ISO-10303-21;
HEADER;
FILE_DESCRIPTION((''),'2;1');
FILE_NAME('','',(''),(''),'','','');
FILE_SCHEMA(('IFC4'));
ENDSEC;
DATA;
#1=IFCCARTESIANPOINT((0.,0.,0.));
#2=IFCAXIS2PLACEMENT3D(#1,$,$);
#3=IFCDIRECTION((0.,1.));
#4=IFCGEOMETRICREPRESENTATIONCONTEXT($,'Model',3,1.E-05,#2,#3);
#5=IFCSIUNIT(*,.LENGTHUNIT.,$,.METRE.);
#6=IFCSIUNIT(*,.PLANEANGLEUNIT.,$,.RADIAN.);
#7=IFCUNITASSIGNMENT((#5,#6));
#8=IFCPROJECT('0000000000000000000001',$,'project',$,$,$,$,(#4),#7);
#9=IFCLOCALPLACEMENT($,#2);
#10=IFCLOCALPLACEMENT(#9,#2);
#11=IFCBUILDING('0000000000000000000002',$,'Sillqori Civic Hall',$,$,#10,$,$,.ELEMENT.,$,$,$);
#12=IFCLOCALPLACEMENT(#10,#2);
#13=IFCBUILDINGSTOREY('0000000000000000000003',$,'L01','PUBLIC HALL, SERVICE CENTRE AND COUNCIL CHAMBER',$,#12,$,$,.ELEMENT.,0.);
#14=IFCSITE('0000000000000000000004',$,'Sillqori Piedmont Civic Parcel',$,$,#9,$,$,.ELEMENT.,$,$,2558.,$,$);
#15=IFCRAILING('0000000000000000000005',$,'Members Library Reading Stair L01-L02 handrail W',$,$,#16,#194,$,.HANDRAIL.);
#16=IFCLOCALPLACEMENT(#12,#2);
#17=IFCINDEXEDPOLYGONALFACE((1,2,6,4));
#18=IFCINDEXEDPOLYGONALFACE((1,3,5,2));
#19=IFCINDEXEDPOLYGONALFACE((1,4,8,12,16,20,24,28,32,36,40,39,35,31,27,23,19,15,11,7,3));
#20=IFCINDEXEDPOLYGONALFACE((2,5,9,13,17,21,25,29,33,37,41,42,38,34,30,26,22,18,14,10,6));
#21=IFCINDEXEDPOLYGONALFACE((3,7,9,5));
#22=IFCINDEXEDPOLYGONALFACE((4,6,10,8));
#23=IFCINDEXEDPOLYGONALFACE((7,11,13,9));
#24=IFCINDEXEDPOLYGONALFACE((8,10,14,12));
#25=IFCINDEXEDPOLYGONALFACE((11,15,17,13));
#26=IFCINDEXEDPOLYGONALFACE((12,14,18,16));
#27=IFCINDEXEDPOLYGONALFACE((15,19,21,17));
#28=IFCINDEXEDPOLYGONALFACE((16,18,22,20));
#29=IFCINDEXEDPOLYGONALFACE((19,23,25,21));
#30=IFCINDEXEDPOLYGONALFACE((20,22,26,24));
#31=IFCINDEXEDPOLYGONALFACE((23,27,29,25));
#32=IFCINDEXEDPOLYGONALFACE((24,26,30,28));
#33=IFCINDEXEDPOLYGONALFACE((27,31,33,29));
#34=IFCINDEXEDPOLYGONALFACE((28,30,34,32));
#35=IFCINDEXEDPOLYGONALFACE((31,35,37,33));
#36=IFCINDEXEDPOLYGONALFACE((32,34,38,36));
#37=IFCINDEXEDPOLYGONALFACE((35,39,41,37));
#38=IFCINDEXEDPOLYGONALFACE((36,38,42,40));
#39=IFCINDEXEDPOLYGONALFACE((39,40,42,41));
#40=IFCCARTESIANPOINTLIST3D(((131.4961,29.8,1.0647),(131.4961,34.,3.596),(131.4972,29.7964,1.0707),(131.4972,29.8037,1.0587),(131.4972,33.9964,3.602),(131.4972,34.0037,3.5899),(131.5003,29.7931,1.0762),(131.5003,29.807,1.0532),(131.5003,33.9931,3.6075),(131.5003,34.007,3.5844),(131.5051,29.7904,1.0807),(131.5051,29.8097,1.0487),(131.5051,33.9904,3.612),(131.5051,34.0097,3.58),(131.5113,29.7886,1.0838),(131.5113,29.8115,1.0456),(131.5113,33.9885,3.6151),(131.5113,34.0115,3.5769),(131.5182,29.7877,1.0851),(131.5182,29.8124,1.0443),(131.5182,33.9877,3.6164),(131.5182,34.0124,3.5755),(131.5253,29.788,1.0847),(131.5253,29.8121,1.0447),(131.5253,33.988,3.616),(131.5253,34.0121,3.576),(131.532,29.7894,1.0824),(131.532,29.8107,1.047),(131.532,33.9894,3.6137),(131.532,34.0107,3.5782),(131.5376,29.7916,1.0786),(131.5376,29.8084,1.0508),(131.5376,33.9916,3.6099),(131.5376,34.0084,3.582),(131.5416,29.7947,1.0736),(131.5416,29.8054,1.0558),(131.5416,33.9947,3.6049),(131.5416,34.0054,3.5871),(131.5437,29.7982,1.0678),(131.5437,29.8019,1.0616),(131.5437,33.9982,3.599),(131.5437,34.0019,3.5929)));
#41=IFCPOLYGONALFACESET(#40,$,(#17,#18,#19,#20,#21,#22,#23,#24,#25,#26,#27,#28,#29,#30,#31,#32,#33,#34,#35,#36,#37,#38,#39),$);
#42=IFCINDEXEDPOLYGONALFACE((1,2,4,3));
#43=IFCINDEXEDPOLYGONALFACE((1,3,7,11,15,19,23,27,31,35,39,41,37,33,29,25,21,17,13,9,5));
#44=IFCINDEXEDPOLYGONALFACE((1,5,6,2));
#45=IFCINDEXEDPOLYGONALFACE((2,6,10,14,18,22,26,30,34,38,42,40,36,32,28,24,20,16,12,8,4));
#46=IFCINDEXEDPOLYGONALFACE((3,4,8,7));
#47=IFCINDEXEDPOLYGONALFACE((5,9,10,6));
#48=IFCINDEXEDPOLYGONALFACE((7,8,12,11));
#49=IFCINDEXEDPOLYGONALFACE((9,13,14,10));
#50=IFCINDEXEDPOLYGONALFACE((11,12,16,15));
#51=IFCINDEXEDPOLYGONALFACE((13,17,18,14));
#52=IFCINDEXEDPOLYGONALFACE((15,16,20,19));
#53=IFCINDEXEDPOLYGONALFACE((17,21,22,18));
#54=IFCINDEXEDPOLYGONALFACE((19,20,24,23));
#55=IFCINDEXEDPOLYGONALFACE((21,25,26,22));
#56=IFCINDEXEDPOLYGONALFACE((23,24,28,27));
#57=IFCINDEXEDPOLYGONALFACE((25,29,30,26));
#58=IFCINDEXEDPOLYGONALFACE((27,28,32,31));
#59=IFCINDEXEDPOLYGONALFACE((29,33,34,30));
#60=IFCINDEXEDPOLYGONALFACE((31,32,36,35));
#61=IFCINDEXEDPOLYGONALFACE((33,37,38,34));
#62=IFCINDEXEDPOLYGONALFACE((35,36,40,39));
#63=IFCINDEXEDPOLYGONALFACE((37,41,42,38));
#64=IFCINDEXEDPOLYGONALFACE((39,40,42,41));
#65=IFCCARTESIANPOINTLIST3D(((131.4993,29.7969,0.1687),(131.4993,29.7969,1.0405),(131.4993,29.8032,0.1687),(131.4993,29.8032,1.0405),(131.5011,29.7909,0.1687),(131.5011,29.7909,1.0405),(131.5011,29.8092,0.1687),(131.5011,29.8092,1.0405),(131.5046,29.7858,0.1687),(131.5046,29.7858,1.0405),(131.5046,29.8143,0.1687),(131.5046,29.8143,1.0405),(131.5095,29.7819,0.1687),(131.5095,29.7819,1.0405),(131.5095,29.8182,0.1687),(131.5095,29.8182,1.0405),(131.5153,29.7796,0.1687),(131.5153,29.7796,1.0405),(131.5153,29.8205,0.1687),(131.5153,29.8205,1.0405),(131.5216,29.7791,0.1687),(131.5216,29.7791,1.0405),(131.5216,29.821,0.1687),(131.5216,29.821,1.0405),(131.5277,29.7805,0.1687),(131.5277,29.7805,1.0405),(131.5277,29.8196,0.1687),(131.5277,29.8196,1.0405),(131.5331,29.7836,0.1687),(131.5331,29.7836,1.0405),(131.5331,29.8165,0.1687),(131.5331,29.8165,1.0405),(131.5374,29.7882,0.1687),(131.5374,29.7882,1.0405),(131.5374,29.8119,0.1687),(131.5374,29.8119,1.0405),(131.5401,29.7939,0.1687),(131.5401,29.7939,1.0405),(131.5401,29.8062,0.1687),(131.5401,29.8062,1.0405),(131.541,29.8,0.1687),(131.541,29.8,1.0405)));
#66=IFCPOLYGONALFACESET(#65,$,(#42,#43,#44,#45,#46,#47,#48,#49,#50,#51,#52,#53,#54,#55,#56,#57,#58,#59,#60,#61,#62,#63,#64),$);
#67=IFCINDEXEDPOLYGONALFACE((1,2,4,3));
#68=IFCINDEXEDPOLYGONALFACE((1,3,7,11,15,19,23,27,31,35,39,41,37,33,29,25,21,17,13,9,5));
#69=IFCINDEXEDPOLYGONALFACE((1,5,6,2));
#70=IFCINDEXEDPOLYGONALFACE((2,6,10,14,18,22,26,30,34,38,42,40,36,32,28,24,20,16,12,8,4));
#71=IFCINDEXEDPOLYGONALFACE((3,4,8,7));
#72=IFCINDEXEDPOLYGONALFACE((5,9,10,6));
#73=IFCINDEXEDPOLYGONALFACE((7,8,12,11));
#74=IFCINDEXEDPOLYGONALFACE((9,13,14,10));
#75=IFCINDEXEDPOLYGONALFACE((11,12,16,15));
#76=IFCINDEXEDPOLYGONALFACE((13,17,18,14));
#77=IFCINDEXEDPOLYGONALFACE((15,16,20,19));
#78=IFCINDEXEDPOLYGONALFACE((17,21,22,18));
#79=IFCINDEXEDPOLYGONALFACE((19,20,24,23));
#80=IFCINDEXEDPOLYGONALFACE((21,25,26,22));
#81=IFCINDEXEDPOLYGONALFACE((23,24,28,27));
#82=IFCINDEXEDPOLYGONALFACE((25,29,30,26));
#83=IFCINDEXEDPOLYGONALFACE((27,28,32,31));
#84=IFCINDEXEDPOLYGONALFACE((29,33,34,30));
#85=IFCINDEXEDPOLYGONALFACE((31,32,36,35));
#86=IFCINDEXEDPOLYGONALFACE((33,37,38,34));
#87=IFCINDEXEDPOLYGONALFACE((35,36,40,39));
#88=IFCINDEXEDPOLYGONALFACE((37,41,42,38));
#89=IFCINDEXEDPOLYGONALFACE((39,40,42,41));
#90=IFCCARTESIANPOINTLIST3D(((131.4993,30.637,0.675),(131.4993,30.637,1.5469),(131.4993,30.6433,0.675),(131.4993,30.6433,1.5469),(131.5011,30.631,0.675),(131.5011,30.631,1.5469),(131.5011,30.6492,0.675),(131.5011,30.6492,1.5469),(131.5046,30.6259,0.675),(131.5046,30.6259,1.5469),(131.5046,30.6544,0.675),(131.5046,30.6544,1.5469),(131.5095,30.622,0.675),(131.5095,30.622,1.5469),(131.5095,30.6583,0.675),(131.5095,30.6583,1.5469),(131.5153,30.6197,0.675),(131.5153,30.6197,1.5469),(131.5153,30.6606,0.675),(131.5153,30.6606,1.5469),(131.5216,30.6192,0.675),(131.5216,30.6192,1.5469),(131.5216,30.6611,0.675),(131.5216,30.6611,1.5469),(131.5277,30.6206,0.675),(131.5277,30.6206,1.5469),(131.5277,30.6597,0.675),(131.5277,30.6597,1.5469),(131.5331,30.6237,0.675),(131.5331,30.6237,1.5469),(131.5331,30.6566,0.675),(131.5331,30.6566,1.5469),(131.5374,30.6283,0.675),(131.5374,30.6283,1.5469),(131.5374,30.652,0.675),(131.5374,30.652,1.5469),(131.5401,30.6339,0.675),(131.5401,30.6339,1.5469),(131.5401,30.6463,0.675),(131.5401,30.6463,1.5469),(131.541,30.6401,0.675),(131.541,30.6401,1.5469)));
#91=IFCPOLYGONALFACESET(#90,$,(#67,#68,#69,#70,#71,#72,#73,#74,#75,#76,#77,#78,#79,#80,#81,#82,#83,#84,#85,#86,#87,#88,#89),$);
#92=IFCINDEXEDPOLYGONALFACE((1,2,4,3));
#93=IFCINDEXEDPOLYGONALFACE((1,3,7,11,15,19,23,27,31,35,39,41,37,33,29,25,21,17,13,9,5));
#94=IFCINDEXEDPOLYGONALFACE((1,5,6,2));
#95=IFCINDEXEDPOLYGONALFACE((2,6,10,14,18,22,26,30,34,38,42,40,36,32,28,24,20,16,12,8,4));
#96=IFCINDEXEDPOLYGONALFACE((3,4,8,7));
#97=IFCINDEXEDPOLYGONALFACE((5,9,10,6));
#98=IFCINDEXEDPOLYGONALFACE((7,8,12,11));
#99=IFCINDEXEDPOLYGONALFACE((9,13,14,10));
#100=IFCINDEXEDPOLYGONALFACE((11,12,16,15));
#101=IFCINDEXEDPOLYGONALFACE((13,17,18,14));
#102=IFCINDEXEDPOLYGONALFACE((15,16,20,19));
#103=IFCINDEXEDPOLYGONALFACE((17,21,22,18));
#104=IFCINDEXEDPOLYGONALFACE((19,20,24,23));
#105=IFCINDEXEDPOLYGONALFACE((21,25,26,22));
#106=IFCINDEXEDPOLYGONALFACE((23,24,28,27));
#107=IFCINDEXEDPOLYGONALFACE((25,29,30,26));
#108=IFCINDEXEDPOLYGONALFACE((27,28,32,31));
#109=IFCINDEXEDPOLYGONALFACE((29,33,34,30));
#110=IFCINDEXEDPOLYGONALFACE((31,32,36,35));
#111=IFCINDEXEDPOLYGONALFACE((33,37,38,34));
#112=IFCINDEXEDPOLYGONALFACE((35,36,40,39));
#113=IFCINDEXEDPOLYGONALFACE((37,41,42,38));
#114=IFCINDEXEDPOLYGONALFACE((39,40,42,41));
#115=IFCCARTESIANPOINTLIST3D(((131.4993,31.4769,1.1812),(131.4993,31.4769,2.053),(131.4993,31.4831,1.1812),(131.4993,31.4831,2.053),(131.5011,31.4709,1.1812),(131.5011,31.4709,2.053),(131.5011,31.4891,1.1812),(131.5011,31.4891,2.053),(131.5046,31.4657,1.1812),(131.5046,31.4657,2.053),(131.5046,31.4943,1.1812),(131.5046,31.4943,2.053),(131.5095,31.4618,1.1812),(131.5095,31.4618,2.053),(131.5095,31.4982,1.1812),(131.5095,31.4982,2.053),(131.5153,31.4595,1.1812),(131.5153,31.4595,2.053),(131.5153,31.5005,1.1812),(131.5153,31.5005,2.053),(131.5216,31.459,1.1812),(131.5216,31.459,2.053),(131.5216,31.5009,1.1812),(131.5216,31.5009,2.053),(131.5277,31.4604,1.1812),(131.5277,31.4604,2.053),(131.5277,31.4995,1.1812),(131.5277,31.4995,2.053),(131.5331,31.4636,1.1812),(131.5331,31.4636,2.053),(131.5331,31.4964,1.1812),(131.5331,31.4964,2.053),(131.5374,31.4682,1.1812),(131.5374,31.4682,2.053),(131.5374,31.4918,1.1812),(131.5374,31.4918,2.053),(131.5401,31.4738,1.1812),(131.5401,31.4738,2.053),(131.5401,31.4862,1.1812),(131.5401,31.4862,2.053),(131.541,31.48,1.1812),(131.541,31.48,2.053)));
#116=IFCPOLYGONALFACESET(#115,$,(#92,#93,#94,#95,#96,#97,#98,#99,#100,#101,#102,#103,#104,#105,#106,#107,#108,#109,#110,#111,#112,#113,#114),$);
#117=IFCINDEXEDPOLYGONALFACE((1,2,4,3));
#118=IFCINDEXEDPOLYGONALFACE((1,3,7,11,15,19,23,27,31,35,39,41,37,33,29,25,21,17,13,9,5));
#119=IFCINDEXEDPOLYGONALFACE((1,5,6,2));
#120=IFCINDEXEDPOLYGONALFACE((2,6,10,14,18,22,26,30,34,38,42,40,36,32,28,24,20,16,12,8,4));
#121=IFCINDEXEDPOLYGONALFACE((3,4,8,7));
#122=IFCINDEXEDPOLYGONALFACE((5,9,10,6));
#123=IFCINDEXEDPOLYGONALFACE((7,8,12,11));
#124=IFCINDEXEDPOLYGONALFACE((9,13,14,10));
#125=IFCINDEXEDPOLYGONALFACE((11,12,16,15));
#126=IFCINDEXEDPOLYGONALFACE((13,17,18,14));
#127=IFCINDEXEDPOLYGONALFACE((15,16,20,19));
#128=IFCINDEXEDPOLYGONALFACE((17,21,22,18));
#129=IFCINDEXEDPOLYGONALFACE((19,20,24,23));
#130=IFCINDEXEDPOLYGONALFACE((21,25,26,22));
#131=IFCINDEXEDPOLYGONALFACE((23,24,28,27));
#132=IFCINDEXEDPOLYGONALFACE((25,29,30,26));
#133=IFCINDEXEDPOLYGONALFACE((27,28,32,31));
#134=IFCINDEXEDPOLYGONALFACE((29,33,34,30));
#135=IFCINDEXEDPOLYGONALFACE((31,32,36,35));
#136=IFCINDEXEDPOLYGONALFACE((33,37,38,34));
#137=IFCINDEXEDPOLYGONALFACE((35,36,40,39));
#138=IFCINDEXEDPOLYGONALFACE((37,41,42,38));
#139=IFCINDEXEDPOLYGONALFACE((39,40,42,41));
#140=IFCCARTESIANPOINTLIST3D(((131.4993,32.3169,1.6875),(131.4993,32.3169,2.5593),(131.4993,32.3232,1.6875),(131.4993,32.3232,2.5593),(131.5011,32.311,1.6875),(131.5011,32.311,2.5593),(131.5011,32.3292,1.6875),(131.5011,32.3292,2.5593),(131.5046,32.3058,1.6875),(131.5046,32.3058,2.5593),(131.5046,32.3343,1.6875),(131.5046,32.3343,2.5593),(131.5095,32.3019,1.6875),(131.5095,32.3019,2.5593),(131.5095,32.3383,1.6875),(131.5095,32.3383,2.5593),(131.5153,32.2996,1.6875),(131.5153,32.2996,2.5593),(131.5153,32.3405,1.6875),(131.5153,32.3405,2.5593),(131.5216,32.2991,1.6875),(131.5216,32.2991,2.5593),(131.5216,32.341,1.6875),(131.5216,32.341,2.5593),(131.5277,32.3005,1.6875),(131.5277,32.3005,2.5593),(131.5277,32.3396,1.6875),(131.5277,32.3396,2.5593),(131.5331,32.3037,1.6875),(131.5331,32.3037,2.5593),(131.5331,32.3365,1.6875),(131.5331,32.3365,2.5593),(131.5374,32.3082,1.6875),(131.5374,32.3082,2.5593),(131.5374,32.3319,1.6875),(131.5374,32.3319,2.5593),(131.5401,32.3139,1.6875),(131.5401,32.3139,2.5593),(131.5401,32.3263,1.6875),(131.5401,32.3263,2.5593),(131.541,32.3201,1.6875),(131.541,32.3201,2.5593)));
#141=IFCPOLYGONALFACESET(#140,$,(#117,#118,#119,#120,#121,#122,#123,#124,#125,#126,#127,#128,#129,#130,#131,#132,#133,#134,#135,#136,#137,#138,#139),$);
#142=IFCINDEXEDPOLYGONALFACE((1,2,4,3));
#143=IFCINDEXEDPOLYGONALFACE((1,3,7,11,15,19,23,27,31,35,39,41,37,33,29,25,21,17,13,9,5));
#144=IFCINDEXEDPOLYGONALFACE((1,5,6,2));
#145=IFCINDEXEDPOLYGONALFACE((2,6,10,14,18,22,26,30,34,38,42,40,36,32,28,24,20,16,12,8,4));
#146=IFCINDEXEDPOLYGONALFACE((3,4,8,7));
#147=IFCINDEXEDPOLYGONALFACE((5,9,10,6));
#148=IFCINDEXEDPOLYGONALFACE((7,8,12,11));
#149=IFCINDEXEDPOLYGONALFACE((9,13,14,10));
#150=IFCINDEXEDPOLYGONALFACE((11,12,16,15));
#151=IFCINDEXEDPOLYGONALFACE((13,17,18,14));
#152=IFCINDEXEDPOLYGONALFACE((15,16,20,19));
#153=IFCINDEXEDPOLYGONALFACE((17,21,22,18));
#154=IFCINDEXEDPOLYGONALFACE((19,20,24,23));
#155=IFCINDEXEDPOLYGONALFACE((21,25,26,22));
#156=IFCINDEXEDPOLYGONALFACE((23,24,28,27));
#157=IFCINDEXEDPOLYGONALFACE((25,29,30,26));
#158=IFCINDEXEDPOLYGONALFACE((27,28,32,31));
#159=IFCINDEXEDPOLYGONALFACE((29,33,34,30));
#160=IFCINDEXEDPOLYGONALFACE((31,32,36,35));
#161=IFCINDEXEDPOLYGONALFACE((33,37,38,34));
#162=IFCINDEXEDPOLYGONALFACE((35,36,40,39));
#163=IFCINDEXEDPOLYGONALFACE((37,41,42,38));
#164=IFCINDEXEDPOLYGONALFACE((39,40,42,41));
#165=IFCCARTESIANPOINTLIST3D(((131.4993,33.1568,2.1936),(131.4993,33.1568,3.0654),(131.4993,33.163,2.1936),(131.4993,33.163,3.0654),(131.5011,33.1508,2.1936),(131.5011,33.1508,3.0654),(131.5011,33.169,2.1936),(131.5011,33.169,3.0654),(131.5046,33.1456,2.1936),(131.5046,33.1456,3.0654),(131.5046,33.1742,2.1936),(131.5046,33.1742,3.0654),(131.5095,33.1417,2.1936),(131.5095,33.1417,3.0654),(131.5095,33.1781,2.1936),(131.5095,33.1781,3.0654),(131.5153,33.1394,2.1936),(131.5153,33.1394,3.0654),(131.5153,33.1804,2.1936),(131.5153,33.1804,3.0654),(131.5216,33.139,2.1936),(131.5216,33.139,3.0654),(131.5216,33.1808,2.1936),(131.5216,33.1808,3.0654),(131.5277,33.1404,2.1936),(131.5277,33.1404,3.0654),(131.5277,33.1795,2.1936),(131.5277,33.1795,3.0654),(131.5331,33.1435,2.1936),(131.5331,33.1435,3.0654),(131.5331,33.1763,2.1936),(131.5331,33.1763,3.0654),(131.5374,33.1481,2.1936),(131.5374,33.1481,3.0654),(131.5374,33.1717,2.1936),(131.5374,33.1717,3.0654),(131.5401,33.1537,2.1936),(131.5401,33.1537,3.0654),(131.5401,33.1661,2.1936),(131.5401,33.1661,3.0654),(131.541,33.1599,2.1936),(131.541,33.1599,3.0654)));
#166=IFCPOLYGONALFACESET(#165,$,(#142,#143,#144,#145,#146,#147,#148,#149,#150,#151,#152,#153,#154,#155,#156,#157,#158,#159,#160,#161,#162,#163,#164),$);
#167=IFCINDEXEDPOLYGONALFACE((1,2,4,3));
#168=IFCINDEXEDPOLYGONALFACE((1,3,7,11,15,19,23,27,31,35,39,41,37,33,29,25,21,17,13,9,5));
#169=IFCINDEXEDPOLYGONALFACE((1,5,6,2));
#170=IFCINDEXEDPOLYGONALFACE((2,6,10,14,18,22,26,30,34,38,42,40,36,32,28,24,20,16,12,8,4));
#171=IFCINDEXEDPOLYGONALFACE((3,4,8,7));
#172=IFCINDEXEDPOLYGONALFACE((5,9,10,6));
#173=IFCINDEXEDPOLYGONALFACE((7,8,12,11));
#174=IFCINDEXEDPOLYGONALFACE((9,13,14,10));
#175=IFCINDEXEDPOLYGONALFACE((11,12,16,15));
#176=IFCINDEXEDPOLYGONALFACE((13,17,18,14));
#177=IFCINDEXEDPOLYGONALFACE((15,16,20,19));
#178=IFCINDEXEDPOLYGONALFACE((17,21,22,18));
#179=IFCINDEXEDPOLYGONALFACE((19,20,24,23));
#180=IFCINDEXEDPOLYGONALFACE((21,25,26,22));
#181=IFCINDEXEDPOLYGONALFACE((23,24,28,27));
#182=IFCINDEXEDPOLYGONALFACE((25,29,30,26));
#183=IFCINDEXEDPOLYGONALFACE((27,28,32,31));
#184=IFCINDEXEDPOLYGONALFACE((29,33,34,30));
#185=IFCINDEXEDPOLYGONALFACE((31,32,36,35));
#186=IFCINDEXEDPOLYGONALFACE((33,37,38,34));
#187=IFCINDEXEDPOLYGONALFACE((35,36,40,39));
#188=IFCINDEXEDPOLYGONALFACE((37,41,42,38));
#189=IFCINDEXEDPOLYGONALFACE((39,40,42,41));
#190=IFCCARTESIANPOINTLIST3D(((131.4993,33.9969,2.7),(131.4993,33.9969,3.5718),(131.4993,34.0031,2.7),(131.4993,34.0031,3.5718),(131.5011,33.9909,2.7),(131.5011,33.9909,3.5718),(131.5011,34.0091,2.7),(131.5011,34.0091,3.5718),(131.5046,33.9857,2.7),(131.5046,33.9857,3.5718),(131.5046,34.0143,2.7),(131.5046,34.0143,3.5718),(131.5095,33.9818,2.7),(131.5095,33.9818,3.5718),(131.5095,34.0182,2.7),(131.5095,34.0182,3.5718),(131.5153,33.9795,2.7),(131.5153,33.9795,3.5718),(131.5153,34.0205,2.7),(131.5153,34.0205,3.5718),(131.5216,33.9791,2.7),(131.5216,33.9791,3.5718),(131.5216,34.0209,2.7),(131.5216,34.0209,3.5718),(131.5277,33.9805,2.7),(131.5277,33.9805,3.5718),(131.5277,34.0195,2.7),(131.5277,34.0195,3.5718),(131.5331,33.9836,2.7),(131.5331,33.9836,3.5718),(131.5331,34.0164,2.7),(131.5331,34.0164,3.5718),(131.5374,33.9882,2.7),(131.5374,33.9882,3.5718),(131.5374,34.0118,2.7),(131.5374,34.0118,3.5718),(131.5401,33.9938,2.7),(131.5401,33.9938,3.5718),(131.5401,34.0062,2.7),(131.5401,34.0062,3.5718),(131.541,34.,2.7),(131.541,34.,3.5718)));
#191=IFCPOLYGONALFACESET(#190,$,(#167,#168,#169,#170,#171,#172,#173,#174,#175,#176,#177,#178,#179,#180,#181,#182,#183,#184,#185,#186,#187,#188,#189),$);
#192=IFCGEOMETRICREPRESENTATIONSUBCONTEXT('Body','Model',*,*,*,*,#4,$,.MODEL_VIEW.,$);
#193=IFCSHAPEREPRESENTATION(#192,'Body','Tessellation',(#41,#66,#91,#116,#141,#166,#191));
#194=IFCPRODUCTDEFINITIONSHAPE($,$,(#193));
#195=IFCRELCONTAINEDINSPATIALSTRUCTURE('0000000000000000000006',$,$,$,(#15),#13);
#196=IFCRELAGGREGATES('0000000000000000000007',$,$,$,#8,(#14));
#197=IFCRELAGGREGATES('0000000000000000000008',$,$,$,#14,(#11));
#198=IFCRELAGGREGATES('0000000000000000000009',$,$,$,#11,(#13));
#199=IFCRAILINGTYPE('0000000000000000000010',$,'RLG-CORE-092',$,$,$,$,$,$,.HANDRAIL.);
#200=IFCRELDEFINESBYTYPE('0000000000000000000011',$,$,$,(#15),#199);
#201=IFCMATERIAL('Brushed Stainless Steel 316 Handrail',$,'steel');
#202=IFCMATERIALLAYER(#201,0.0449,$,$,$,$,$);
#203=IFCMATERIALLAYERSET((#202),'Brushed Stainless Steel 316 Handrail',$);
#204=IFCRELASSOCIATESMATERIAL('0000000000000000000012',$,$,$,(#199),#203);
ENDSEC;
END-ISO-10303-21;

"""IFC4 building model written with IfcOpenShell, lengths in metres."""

from ifc_helpers import new_model, si_unit, direction, frame, origin, origin_2d, place, context, subcontext, project, spatial, circle, extrude, material, layer, layer_set, type_object, element, save


model = new_model("IFC4")

# Units and contexts
model_context = context("Model", 3, precision=1e-05, world=origin(), true_north=direction((0.0, 1.0)))
body_context = subcontext(model_context, "Body", "Model", "MODEL_VIEW")
ifc_project = project(units=[si_unit("LENGTHUNIT", "METRE"), si_unit("PLANEANGLEUNIT", "RADIAN")], contexts=[model_context])

# Site, building, storey
site_placement = place(None, origin())
site = spatial("IfcSite", under=ifc_project, at=site_placement, Name="Sillqori Piedmont Civic Parcel", CompositionType="ELEMENT", RefElevation=2558.0)
building_placement = place(site_placement, origin())
building = spatial("IfcBuilding", under=site, at=building_placement, Name="Sillqori Civic Hall", CompositionType="ELEMENT")
storey_placement = place(building_placement, origin())
storey = spatial("IfcBuildingStorey", under=building, at=storey_placement, Name="L01", Description="PUBLIC HALL, SERVICE CENTRE AND COUNCIL CHAMBER", CompositionType="ELEMENT", Elevation=0.0)

# Railing
ifc_material_1 = material(Name="Brushed Stainless Steel 316 Handrail", Category="steel")
ifc_layer_1 = layer(ifc_material_1, 0.0449)
ifc_layer_set_1 = layer_set([ifc_layer_1], Name="Brushed Stainless Steel 316 Handrail")
railing_type_1 = type_object("IfcRailingType", Name="RLG-CORE-092", PredefinedType="HANDRAIL", material=ifc_layer_set_1)
railing_1_placement = place(storey_placement, frame((131.52, 29.8, 0.1687)))
element("IfcRailing", 1, at=railing_1_placement, inside=storey, type_object=railing_type_1, Name="Members Library Reading Stair L01-L02 handrail W", PredefinedType="HANDRAIL", context=body_context, shape_type="SweptSolid", body=[
    extrude(circle(Radius=0.0239, at=origin_2d()), frame((0.0, 0.0, 0.896), z_axis=(0.0, 0.856476, 0.516186), x_axis=(-1.0, 0.0, 0.0)), (0.0, 0.0, 1.0), 4.9038),
    extrude(circle(Radius=0.021, at=origin_2d()), origin(), (0.0, 0.0, 1.0), 0.8718),
    extrude(circle(Radius=0.021, at=origin_2d()), frame((0.0, 0.8401, 0.5063)), (0.0, 0.0, 1.0), 0.8718),
    extrude(circle(Radius=0.021, at=origin_2d()), frame((0.0, 1.6799, 1.0125)), (0.0, 0.0, 1.0), 0.8718),
    extrude(circle(Radius=0.021, at=origin_2d()), frame((0.0, 2.52, 1.5188)), (0.0, 0.0, 1.0), 0.8718),
    extrude(circle(Radius=0.021, at=origin_2d()), frame((0.0, 3.3599, 2.0249)), (0.0, 0.0, 1.0), 0.8718),
    extrude(circle(Radius=0.021, at=origin_2d()), frame((0.0, 4.2, 2.5312)), (0.0, 0.0, 1.0), 0.8718),
])

save(model, "model.ifc")
